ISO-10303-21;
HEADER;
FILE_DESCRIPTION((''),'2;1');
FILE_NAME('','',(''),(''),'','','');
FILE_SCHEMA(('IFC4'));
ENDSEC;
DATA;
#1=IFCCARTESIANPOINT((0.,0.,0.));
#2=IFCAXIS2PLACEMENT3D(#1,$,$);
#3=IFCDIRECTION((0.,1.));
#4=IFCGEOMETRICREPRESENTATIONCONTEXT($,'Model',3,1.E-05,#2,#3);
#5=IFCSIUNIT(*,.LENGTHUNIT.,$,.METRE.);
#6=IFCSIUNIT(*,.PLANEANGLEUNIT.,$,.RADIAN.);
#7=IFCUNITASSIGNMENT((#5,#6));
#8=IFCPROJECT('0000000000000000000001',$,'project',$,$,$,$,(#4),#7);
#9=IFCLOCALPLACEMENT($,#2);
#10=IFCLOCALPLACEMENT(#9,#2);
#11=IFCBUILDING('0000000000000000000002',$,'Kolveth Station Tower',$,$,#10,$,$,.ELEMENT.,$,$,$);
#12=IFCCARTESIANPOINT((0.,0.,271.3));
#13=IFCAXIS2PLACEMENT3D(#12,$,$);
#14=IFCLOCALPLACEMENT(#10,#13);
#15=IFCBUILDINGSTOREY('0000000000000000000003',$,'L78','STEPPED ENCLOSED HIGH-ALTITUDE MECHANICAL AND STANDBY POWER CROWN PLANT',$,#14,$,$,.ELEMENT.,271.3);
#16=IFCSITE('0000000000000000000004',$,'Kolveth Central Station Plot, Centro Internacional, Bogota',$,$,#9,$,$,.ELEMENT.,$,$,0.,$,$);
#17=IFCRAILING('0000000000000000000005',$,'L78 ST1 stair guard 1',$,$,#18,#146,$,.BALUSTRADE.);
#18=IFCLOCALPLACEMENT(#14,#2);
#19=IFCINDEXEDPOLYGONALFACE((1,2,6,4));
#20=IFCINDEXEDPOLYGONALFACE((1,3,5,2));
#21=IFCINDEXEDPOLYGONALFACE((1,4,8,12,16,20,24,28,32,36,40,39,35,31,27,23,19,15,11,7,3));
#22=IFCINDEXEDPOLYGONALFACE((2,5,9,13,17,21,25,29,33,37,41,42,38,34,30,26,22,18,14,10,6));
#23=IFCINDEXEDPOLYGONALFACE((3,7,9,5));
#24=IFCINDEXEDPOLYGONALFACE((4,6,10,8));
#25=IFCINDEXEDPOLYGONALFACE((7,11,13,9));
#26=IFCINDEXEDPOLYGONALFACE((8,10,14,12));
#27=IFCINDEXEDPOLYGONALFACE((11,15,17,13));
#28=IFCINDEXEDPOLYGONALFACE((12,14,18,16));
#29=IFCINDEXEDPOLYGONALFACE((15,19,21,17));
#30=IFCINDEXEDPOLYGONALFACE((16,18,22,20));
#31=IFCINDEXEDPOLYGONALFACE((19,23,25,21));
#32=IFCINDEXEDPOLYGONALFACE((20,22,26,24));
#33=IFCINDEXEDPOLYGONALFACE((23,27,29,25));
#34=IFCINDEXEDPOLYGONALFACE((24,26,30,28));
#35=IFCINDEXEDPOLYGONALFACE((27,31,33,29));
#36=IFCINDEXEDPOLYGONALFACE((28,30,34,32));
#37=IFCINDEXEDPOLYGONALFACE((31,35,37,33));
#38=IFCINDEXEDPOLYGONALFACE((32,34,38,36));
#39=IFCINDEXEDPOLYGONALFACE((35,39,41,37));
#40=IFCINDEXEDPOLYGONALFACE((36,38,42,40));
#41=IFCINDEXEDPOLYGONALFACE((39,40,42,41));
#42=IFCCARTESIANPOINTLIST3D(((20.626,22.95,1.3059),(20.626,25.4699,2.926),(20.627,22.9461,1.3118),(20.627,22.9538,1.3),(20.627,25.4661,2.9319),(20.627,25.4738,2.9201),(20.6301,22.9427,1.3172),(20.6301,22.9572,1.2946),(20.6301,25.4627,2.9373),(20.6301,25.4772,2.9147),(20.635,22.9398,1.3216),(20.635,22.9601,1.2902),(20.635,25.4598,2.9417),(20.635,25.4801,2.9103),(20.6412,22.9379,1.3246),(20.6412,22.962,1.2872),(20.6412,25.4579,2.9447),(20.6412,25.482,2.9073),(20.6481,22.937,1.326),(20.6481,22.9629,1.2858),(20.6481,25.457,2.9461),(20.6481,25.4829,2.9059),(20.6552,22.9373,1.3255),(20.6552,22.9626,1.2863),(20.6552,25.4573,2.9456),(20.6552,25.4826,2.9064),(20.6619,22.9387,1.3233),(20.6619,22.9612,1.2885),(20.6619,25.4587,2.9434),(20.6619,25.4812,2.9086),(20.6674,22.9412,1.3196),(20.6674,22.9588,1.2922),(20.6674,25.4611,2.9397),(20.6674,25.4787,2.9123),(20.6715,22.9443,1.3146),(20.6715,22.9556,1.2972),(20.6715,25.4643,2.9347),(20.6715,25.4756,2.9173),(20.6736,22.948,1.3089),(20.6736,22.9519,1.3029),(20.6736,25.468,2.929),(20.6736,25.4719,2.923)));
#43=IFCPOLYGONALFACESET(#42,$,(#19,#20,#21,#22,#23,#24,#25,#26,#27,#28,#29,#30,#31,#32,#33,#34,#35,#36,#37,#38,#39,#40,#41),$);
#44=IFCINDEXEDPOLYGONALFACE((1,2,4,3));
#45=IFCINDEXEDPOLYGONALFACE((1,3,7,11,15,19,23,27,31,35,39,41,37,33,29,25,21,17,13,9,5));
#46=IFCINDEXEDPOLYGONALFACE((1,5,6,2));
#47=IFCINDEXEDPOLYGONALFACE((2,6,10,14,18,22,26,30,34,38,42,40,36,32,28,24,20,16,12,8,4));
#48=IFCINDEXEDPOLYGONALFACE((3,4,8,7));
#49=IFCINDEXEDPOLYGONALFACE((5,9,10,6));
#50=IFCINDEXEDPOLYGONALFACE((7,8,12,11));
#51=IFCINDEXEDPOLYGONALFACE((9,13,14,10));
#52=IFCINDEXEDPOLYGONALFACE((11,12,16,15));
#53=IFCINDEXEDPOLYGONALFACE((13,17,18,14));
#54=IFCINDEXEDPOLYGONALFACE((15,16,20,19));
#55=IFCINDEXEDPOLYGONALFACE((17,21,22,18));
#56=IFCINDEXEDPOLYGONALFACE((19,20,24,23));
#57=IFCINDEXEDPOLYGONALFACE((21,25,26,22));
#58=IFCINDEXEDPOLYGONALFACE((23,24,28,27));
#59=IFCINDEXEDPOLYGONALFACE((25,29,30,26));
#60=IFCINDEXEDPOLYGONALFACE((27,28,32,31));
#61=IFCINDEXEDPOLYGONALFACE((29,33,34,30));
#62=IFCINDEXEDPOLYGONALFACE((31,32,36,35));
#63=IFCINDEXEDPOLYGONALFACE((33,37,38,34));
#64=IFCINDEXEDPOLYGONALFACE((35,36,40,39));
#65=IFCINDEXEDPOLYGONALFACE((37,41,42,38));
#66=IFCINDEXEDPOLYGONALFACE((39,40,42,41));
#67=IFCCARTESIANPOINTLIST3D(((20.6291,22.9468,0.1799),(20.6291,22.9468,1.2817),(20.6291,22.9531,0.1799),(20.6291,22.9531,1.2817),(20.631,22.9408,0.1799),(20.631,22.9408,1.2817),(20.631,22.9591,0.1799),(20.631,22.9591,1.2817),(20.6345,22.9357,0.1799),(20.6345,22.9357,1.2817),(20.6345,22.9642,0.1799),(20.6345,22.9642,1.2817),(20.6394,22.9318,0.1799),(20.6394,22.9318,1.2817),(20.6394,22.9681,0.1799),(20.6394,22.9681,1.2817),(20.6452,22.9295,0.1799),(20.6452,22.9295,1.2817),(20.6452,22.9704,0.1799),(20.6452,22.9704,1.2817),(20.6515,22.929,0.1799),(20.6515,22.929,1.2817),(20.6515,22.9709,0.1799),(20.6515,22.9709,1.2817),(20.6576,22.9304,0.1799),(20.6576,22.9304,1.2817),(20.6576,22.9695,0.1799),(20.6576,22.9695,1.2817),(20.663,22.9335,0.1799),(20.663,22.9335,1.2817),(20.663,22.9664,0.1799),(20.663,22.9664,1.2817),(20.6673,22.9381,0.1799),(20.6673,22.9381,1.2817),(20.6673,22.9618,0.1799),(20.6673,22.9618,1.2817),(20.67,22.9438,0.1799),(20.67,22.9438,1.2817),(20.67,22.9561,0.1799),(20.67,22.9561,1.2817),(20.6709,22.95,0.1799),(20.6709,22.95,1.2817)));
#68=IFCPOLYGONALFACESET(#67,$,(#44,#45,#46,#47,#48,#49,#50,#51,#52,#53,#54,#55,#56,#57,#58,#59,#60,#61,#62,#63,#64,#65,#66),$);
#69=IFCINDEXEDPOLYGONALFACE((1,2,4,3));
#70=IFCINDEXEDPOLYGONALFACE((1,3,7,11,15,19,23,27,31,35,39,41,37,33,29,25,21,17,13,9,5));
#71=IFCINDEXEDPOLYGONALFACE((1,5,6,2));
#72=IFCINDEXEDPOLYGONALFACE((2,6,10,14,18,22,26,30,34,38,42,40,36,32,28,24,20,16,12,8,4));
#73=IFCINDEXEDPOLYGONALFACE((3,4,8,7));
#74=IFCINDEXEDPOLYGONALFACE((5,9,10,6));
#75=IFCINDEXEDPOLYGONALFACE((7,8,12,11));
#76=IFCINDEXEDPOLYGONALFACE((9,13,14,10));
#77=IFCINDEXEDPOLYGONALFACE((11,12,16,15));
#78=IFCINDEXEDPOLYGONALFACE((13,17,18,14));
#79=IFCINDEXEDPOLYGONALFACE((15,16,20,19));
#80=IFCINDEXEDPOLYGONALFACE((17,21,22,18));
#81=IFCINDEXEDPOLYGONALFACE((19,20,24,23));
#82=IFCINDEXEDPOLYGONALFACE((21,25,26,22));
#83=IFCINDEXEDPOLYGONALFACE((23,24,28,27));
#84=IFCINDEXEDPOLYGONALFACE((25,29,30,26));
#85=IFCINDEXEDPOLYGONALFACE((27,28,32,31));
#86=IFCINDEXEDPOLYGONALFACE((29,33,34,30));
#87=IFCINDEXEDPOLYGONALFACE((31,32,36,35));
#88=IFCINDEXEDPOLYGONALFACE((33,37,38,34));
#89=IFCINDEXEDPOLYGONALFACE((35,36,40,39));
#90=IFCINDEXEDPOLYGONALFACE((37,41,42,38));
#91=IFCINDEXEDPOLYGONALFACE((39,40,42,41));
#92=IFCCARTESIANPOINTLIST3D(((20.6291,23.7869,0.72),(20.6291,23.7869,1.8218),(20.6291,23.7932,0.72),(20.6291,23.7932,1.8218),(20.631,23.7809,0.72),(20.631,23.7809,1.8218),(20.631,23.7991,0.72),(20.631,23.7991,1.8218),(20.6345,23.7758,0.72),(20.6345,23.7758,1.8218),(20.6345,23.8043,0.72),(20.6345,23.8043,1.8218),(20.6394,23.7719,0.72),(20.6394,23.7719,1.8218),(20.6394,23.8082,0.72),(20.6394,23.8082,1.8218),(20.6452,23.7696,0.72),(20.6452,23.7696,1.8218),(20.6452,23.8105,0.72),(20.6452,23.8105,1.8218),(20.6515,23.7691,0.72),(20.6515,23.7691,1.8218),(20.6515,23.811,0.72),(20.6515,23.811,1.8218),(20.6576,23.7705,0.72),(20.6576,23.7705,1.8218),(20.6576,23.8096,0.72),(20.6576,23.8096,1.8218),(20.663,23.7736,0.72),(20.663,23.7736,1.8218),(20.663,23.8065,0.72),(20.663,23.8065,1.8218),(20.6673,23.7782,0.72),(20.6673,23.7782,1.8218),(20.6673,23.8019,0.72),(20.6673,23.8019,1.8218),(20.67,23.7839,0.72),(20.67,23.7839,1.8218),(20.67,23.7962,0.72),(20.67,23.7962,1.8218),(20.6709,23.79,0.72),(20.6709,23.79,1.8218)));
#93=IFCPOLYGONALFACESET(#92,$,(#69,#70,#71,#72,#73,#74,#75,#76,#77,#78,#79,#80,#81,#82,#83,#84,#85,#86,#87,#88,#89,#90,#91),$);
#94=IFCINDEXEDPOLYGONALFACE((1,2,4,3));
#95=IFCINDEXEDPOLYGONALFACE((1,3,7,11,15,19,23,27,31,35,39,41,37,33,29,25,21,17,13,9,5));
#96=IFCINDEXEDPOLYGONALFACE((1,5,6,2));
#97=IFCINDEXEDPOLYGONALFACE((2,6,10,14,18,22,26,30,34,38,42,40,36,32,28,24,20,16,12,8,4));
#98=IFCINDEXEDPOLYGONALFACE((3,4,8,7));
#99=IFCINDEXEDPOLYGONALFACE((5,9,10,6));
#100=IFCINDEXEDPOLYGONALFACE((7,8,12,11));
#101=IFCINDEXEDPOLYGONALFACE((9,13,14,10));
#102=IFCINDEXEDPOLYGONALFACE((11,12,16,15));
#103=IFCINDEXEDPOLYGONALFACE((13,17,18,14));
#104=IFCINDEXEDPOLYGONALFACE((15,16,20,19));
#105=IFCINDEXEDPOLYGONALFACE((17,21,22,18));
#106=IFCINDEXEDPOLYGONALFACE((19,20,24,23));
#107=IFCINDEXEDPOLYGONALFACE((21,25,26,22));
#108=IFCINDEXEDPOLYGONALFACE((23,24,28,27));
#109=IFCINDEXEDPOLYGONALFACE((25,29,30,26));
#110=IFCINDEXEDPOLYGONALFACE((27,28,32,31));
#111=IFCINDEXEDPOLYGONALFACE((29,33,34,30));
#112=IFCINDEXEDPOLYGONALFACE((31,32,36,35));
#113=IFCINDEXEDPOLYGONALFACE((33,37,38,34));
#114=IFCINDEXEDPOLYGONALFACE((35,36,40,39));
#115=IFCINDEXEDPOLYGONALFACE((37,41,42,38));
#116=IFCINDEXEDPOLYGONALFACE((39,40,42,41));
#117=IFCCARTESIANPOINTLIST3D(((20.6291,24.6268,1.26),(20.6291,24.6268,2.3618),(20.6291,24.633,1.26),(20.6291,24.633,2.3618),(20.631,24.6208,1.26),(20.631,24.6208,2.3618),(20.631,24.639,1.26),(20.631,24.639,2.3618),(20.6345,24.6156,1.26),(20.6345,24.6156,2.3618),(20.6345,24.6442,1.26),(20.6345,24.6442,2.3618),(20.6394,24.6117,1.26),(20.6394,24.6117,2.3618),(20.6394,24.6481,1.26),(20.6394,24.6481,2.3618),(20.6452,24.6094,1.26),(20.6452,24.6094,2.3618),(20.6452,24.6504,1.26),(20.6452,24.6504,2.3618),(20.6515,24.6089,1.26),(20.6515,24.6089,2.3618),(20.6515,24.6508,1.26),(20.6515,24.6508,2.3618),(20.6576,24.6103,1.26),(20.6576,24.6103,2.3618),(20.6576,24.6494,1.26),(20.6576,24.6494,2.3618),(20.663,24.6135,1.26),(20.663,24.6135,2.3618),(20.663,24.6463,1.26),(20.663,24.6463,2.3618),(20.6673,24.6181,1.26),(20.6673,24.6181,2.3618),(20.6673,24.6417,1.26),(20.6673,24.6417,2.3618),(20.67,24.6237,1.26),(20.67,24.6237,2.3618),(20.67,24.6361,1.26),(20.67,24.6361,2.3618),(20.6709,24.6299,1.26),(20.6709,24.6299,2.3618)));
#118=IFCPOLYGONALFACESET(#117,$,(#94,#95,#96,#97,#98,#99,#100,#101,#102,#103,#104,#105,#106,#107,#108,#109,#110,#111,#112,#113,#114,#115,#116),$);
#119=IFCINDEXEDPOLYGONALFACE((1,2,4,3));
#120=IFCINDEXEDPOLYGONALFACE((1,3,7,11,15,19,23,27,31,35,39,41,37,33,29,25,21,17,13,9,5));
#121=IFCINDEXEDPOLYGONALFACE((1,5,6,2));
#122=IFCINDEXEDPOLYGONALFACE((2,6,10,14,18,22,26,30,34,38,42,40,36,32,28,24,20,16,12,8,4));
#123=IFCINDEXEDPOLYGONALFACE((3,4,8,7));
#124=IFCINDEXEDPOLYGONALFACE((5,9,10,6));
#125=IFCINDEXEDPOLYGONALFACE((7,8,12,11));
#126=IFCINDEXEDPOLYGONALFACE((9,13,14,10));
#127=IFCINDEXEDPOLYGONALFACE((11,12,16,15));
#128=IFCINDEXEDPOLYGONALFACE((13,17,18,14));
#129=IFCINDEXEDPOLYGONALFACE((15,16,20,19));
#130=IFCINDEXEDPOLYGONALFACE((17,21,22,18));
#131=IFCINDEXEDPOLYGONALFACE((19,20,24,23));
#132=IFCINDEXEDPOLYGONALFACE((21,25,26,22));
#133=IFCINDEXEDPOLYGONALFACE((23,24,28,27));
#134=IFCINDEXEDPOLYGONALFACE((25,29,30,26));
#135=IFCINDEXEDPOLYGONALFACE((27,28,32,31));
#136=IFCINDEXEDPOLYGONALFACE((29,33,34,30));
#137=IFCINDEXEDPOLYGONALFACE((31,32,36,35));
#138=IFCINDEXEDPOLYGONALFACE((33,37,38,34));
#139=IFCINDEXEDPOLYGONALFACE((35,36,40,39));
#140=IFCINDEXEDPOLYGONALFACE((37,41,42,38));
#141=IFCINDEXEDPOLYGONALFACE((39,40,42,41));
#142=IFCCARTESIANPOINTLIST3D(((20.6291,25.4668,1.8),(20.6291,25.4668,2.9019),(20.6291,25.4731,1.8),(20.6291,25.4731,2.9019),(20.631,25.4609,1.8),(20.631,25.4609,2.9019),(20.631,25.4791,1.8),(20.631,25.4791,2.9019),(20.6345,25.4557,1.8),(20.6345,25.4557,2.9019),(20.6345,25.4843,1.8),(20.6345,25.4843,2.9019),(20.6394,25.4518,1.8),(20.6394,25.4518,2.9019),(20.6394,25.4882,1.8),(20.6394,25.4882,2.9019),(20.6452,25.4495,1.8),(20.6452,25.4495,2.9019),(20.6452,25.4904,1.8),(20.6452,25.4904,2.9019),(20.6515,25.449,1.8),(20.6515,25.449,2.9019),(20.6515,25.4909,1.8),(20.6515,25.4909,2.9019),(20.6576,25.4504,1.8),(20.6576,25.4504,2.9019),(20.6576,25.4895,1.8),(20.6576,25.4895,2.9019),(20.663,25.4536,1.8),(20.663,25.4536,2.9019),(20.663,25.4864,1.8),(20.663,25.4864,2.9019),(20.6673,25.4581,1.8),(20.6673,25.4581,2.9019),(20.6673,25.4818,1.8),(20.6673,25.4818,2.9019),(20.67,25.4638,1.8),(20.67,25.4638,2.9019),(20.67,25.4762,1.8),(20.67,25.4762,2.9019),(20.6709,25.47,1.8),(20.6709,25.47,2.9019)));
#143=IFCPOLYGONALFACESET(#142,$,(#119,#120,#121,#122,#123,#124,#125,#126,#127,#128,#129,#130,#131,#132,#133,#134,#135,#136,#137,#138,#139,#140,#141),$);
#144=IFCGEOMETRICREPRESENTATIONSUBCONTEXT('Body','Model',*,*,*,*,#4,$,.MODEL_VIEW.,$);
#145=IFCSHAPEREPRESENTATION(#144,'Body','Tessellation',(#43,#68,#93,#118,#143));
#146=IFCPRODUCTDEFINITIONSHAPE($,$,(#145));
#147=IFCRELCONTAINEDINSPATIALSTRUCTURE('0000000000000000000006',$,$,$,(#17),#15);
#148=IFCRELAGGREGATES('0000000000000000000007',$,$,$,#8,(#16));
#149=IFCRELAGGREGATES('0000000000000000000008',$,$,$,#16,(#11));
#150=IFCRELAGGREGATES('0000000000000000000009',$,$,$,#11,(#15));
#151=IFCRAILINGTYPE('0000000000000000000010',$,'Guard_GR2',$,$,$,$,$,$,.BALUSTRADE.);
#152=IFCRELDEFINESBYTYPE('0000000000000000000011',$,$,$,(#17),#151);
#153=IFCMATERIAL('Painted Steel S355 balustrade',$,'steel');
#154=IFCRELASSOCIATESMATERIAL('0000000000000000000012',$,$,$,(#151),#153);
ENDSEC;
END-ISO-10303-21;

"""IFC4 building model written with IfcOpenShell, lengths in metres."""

from ifc_helpers import new_model, si_unit, direction, frame, origin, origin_2d, place, context, subcontext, project, spatial, circle, extrude, material, type_object, element, save


model = new_model("IFC4")

# Units and contexts
model_context = context("Model", 3, precision=1e-05, world=origin(), true_north=direction((0.0, 1.0)))
body_context = subcontext(model_context, "Body", "Model", "MODEL_VIEW")
ifc_project = project(units=[si_unit("LENGTHUNIT", "METRE"), si_unit("PLANEANGLEUNIT", "RADIAN")], contexts=[model_context])

# Site, building, storey
site_placement = place(None, origin())
site = spatial("IfcSite", under=ifc_project, at=site_placement, Name="Kolveth Central Station Plot, Centro Internacional, Bogota", CompositionType="ELEMENT", RefElevation=0.0)
building_placement = place(site_placement, origin())
building = spatial("IfcBuilding", under=site, at=building_placement, Name="Kolveth Station Tower", CompositionType="ELEMENT")
storey_placement = place(building_placement, frame((0.0, 0.0, 271.3)))
storey = spatial("IfcBuildingStorey", under=building, at=storey_placement, Name="L78", Description="STEPPED ENCLOSED HIGH-ALTITUDE MECHANICAL AND STANDBY POWER CROWN PLANT", CompositionType="ELEMENT", Elevation=271.3)

# Railing
ifc_material_1 = material(Name="Painted Steel S355 balustrade", Category="steel")
railing_type_1 = type_object("IfcRailingType", Name="Guard_GR2", PredefinedType="BALUSTRADE", material=ifc_material_1)
for number, where, name in (
    (1, (20.6499, 22.95, 0.1799), "L78 ST1 stair guard 1"),
):
    element("IfcRailing", number, at=place(storey_placement, frame(where)), inside=storey, type_object=railing_type_1, Name=name, PredefinedType="BALUSTRADE", context=body_context, shape_type="SweptSolid", body=[
        extrude(circle(Radius=0.0239, at=origin_2d()), frame((0.0, 0.0, 1.126), z_axis=(0.0, 0.841163, 0.540782), x_axis=(-1.0, 0.0, 0.0)), (0.0, 0.0, 1.0), 2.9958),
        extrude(circle(Radius=0.021, at=origin_2d()), origin(), (0.0, 0.0, 1.0), 1.1018),
        extrude(circle(Radius=0.021, at=origin_2d()), frame((0.0, 0.8401, 0.54)), (0.0, 0.0, 1.0), 1.1018),
        extrude(circle(Radius=0.021, at=origin_2d()), frame((0.0, 1.6799, 1.0801)), (0.0, 0.0, 1.0), 1.1018),
        extrude(circle(Radius=0.021, at=origin_2d()), frame((0.0, 2.52, 1.6201)), (0.0, 0.0, 1.0), 1.1018),
    ])

save(model, "model.ifc")
